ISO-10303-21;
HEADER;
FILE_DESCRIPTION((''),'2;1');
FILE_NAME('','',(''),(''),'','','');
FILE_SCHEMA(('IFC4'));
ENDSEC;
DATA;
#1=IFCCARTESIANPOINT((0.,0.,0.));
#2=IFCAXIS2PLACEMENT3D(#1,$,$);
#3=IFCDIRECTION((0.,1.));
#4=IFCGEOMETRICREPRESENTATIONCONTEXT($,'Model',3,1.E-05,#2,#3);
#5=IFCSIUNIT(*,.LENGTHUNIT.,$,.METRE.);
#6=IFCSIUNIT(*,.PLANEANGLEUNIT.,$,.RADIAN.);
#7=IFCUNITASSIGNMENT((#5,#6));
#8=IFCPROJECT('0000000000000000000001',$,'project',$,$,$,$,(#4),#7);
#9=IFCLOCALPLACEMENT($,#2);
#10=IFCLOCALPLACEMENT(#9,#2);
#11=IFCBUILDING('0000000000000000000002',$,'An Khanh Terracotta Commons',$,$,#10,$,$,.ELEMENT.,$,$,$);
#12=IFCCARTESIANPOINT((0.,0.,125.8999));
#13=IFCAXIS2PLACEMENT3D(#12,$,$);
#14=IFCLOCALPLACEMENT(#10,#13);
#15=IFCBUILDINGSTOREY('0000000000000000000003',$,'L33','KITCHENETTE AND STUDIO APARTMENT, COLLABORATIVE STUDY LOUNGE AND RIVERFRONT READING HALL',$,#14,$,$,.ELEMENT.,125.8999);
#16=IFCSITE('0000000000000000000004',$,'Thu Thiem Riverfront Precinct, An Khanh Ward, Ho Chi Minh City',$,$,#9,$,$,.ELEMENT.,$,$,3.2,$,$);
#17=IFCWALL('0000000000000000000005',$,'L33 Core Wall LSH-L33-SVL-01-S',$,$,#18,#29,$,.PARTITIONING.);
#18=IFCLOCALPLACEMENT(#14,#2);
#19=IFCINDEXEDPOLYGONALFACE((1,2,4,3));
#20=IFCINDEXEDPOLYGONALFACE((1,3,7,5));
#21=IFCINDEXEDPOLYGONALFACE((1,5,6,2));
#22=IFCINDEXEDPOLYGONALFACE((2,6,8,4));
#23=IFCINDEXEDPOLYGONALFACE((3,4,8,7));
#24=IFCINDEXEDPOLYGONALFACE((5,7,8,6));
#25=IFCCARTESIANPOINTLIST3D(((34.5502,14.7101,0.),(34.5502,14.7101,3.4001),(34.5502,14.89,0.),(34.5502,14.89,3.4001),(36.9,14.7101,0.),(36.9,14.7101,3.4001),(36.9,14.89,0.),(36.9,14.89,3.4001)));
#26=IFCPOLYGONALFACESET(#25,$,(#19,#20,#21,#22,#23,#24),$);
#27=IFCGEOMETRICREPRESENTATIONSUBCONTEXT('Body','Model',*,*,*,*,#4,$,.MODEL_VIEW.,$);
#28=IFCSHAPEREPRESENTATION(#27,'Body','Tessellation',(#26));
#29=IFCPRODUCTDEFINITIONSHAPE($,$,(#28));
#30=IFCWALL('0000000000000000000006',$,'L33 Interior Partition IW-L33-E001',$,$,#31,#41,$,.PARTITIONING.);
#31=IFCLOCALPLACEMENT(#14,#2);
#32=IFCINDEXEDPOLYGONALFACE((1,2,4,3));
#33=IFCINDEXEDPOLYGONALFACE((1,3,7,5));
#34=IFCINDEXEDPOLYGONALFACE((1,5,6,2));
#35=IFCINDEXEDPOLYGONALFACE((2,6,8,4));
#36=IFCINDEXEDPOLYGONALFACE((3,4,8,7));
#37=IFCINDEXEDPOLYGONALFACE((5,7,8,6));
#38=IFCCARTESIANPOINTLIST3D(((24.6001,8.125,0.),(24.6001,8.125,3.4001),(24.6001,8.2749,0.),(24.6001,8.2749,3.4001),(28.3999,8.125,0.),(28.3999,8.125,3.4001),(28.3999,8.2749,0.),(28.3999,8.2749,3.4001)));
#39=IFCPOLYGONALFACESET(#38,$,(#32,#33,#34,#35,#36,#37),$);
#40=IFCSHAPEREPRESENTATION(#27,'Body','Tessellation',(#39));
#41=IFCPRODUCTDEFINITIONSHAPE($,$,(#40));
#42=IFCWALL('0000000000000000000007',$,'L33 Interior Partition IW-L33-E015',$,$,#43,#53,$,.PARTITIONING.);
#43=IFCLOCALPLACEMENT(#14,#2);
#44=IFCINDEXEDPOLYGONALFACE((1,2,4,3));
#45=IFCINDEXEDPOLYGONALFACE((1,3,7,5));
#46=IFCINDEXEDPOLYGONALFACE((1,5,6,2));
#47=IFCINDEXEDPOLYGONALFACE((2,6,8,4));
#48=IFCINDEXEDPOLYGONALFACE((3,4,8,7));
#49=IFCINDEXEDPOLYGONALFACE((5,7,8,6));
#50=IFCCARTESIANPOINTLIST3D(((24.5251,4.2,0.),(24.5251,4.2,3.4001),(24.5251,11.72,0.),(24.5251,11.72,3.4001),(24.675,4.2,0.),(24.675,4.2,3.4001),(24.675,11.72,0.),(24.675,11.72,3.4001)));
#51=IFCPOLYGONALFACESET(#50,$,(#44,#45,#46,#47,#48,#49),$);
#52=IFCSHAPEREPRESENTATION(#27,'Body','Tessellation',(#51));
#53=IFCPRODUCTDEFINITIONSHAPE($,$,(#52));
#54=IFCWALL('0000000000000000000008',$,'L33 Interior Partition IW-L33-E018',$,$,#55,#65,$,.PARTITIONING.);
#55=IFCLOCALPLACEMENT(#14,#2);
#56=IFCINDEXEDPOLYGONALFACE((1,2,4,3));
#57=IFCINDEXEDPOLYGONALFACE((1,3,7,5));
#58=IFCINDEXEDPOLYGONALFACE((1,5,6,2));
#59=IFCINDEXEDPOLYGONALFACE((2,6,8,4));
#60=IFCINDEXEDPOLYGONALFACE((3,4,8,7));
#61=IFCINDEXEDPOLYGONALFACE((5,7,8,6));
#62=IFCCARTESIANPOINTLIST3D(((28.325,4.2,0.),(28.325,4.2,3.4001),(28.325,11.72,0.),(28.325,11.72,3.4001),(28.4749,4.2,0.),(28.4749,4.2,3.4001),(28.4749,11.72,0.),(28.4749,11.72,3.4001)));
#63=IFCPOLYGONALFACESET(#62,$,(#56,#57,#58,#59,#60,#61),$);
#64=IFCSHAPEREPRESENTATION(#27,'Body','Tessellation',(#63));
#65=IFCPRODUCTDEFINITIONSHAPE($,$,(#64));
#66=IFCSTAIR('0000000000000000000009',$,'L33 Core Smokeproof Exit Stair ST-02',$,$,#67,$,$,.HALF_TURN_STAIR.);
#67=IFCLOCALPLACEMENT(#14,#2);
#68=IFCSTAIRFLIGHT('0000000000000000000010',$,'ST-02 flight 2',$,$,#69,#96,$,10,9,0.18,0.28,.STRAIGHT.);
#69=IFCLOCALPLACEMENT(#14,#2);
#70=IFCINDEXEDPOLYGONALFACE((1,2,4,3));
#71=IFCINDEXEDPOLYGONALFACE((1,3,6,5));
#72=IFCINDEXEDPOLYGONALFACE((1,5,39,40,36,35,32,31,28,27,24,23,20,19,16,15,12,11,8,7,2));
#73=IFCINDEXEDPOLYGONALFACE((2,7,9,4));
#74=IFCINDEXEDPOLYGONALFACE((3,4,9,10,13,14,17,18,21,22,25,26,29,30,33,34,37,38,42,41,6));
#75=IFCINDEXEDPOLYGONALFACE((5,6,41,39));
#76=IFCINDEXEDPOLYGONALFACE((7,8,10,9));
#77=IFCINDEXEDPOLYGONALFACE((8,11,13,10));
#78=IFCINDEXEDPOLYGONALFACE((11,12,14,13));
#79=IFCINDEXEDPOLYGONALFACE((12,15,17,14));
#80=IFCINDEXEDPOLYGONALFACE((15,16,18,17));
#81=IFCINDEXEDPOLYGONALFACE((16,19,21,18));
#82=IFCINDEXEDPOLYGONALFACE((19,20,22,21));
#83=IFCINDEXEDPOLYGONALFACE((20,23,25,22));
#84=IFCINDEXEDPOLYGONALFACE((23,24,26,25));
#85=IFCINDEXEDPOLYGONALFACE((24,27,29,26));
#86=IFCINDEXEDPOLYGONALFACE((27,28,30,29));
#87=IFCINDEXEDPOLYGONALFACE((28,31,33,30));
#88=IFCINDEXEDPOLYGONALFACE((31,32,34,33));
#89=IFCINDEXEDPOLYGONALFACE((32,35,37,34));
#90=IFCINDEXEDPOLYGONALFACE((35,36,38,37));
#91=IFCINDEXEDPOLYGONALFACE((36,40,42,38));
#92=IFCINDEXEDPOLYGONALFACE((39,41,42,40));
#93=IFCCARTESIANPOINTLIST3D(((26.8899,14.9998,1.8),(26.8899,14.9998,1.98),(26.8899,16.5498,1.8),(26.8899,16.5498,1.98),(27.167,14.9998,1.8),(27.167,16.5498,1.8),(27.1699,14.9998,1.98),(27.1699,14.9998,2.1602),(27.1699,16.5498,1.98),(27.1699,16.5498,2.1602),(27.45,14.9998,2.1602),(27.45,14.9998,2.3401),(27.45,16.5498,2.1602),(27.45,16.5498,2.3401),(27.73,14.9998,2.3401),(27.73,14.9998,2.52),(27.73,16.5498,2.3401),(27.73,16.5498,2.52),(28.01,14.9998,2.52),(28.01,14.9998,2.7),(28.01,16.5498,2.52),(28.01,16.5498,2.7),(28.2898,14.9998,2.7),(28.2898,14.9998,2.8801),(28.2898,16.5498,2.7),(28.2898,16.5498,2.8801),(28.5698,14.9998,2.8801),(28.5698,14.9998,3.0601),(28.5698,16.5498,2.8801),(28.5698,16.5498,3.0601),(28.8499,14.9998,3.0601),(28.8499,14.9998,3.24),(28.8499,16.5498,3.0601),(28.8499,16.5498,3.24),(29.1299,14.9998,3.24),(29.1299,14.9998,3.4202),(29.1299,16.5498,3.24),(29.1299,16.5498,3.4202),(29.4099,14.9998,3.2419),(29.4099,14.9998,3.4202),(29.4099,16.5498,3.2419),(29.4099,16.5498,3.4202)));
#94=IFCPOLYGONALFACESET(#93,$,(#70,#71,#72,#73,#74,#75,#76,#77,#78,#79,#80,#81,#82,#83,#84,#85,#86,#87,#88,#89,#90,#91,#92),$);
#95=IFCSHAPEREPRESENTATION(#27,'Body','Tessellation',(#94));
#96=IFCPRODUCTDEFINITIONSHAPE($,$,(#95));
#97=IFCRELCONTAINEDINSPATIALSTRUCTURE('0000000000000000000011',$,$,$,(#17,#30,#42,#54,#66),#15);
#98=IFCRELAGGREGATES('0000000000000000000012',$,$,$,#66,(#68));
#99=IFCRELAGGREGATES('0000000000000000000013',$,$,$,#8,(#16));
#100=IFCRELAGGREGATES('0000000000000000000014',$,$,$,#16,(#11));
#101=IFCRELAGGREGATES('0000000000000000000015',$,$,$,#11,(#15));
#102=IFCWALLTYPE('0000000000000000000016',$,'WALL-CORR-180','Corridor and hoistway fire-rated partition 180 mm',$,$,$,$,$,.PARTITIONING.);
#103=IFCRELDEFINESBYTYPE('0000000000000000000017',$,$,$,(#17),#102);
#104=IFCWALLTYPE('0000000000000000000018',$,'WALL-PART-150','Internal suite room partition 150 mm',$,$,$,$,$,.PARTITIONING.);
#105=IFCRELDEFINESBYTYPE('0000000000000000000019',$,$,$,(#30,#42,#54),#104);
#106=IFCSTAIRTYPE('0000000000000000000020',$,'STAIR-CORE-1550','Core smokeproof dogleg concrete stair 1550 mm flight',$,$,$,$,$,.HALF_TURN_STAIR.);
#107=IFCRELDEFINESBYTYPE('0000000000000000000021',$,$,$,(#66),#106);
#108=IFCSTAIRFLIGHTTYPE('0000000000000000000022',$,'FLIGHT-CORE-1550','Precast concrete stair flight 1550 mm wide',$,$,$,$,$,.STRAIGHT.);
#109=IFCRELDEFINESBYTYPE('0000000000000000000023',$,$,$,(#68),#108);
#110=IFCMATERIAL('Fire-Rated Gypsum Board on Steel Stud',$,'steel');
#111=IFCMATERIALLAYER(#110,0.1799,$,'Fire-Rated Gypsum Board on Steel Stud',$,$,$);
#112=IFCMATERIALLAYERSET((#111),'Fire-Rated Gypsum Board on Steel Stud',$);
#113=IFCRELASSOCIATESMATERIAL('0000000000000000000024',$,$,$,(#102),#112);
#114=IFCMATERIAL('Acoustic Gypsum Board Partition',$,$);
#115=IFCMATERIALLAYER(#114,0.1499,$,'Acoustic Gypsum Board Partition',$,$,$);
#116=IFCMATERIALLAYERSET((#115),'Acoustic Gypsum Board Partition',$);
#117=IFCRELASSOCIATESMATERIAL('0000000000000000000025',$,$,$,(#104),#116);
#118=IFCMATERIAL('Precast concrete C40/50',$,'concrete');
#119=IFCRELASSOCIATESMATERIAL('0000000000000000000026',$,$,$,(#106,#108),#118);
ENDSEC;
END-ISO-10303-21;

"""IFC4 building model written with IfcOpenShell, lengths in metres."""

from ifc_helpers import new_model, si_unit, direction, frame, frame_2d, origin, place, context, subcontext, project, spatial, polyline, rectangle, outline, extrude, material, layer, layer_set, type_object, element, aggregate, save


model = new_model("IFC4")

# Units and contexts
model_context = context("Model", 3, precision=1e-05, world=origin(), true_north=direction((0.0, 1.0)))
body_context = subcontext(model_context, "Body", "Model", "MODEL_VIEW")
ifc_project = project(units=[si_unit("LENGTHUNIT", "METRE"), si_unit("PLANEANGLEUNIT", "RADIAN")], contexts=[model_context])

# Site, building, storey
site_placement = place(None, origin())
site = spatial("IfcSite", under=ifc_project, at=site_placement, Name="Thu Thiem Riverfront Precinct, An Khanh Ward, Ho Chi Minh City", CompositionType="ELEMENT", RefElevation=3.2)
building_placement = place(site_placement, origin())
building = spatial("IfcBuilding", under=site, at=building_placement, Name="An Khanh Terracotta Commons", CompositionType="ELEMENT")
storey_placement = place(building_placement, frame((0.0, 0.0, 125.8999)))
storey = spatial("IfcBuildingStorey", under=building, at=storey_placement, Name="L33", Description="KITCHENETTE AND STUDIO APARTMENT, COLLABORATIVE STUDY LOUNGE AND RIVERFRONT READING HALL", CompositionType="ELEMENT", Elevation=125.8999)

# Walls
ifc_material_1 = material(Name="Fire-Rated Gypsum Board on Steel Stud", Category="steel")
ifc_layer_1 = layer(ifc_material_1, 0.1799, Name="Fire-Rated Gypsum Board on Steel Stud")
ifc_layer_set_1 = layer_set([ifc_layer_1], Name="Fire-Rated Gypsum Board on Steel Stud")
wall_type_1 = type_object("IfcWallType", Name="WALL-CORR-180", Description="Corridor and hoistway fire-rated partition 180 mm", PredefinedType="PARTITIONING", material=ifc_layer_set_1)
wall_1_placement = place(storey_placement, frame((36.8999, 14.8, 0.0), z_axis=(0.0, 0.0, 1.0), x_axis=(-1.0, 0.0, 0.0)))
element("IfcWall", 1, at=wall_1_placement, inside=storey, type_object=wall_type_1, Name="L33 Core Wall LSH-L33-SVL-01-S", PredefinedType="PARTITIONING", context=body_context, shape_type="SweptSolid", body=[
    extrude(rectangle(XDim=2.3499, YDim=0.1799, at=frame_2d((1.1748, 0.0))), origin(), (0.0, 0.0, 1.0), 3.4001),
])
ifc_material_2 = material(Name="Acoustic Gypsum Board Partition")
ifc_layer_2 = layer(ifc_material_2, 0.1499, Name="Acoustic Gypsum Board Partition")
ifc_layer_set_2 = layer_set([ifc_layer_2], Name="Acoustic Gypsum Board Partition")
wall_type_2 = type_object("IfcWallType", Name="WALL-PART-150", Description="Internal suite room partition 150 mm", PredefinedType="PARTITIONING", material=ifc_layer_set_2)
wall_2_placement = place(storey_placement, frame((24.6001, 8.2, 0.0), z_axis=(0.0, 0.0, 1.0), x_axis=(1.0, 0.0, 0.0)))
element("IfcWall", 2, at=wall_2_placement, inside=storey, type_object=wall_type_2, Name="L33 Interior Partition IW-L33-E001", PredefinedType="PARTITIONING", context=body_context, shape_type="SweptSolid", body=[
    extrude(rectangle(XDim=3.7998, YDim=0.1499, at=frame_2d((1.8999, 0.0))), origin(), (0.0, 0.0, 1.0), 3.4001),
])
for number, where, z_axis, x_axis, name in (
    (3, (24.6001, 4.2, 0.0), (0.0, 0.0, 1.0), (0.0, 1.0, 0.0), "L33 Interior Partition IW-L33-E015"),
    (4, (28.3999, 4.2, 0.0), (0.0, 0.0, 1.0), (0.0, 1.0, 0.0), "L33 Interior Partition IW-L33-E018"),
):
    element("IfcWall", number, at=place(storey_placement, frame(where, z_axis=z_axis, x_axis=x_axis)), inside=storey, type_object=wall_type_2, Name=name, PredefinedType="PARTITIONING", context=body_context, shape_type="SweptSolid", body=[
        extrude(rectangle(XDim=7.52, YDim=0.1499, at=frame_2d((3.76, 0.0))), origin(), (0.0, 0.0, 1.0), 3.4001),
    ])

# Stair, stair flight
ifc_material_3 = material(Name="Precast concrete C40/50", Category="concrete")
stair_type = type_object("IfcStairType", Name="STAIR-CORE-1550", Description="Core smokeproof dogleg concrete stair 1550 mm flight", PredefinedType="HALF_TURN_STAIR", material=ifc_material_3)
stair_placement = place(storey_placement, origin())
stair = element("IfcStair", 5, at=stair_placement, inside=storey, type_object=stair_type, Name="L33 Core Smokeproof Exit Stair ST-02", PredefinedType="HALF_TURN_STAIR")
stair_flight_type = type_object("IfcStairFlightType", Name="FLIGHT-CORE-1550", Description="Precast concrete stair flight 1550 mm wide", PredefinedType="STRAIGHT", material=ifc_material_3)
stair_flight_placement = place(storey_placement, frame((26.8899, 15.7749, 1.8), z_axis=(0.0, 0.0, 1.0), x_axis=(1.0, 0.0, 0.0)))
stair_flight = element("IfcStairFlight", 6, at=stair_flight_placement, type_object=stair_flight_type, Name="ST-02 flight 2", NumberOfRisers=10, NumberOfTreads=9, PredefinedType="STRAIGHT", RiserHeight=0.18, TreadLength=0.28, context=body_context, shape_type="SweptSolid", body=[
    extrude(outline(polyline([(0.0, 0.0), (0.0, 0.1799), (0.28, 0.1799), (0.28, 0.3601), (0.5601, 0.3601), (0.5601, 0.54), (0.8401, 0.54), (0.8401, 0.72), (1.1201, 0.72), (1.1201, 0.8999), (1.3999, 0.8999), (1.3999, 1.0801), (1.6799, 1.0801), (1.6799, 1.26), (1.96, 1.26), (1.96, 1.4399), (2.24, 1.4399), (2.24, 1.6201), (2.52, 1.6201), (2.52, 1.8), (2.52, 1.4419), (0.2771, 0.0), (0.0, 0.0)])), frame((0.0, 0.7749, 0.0), z_axis=(0.0, -1.0, 0.0), x_axis=(1.0, 0.0, 0.0)), (0.0, 0.0, 1.0), 1.55),
])
aggregate(stair, [stair_flight])

save(model, "model.ifc")
